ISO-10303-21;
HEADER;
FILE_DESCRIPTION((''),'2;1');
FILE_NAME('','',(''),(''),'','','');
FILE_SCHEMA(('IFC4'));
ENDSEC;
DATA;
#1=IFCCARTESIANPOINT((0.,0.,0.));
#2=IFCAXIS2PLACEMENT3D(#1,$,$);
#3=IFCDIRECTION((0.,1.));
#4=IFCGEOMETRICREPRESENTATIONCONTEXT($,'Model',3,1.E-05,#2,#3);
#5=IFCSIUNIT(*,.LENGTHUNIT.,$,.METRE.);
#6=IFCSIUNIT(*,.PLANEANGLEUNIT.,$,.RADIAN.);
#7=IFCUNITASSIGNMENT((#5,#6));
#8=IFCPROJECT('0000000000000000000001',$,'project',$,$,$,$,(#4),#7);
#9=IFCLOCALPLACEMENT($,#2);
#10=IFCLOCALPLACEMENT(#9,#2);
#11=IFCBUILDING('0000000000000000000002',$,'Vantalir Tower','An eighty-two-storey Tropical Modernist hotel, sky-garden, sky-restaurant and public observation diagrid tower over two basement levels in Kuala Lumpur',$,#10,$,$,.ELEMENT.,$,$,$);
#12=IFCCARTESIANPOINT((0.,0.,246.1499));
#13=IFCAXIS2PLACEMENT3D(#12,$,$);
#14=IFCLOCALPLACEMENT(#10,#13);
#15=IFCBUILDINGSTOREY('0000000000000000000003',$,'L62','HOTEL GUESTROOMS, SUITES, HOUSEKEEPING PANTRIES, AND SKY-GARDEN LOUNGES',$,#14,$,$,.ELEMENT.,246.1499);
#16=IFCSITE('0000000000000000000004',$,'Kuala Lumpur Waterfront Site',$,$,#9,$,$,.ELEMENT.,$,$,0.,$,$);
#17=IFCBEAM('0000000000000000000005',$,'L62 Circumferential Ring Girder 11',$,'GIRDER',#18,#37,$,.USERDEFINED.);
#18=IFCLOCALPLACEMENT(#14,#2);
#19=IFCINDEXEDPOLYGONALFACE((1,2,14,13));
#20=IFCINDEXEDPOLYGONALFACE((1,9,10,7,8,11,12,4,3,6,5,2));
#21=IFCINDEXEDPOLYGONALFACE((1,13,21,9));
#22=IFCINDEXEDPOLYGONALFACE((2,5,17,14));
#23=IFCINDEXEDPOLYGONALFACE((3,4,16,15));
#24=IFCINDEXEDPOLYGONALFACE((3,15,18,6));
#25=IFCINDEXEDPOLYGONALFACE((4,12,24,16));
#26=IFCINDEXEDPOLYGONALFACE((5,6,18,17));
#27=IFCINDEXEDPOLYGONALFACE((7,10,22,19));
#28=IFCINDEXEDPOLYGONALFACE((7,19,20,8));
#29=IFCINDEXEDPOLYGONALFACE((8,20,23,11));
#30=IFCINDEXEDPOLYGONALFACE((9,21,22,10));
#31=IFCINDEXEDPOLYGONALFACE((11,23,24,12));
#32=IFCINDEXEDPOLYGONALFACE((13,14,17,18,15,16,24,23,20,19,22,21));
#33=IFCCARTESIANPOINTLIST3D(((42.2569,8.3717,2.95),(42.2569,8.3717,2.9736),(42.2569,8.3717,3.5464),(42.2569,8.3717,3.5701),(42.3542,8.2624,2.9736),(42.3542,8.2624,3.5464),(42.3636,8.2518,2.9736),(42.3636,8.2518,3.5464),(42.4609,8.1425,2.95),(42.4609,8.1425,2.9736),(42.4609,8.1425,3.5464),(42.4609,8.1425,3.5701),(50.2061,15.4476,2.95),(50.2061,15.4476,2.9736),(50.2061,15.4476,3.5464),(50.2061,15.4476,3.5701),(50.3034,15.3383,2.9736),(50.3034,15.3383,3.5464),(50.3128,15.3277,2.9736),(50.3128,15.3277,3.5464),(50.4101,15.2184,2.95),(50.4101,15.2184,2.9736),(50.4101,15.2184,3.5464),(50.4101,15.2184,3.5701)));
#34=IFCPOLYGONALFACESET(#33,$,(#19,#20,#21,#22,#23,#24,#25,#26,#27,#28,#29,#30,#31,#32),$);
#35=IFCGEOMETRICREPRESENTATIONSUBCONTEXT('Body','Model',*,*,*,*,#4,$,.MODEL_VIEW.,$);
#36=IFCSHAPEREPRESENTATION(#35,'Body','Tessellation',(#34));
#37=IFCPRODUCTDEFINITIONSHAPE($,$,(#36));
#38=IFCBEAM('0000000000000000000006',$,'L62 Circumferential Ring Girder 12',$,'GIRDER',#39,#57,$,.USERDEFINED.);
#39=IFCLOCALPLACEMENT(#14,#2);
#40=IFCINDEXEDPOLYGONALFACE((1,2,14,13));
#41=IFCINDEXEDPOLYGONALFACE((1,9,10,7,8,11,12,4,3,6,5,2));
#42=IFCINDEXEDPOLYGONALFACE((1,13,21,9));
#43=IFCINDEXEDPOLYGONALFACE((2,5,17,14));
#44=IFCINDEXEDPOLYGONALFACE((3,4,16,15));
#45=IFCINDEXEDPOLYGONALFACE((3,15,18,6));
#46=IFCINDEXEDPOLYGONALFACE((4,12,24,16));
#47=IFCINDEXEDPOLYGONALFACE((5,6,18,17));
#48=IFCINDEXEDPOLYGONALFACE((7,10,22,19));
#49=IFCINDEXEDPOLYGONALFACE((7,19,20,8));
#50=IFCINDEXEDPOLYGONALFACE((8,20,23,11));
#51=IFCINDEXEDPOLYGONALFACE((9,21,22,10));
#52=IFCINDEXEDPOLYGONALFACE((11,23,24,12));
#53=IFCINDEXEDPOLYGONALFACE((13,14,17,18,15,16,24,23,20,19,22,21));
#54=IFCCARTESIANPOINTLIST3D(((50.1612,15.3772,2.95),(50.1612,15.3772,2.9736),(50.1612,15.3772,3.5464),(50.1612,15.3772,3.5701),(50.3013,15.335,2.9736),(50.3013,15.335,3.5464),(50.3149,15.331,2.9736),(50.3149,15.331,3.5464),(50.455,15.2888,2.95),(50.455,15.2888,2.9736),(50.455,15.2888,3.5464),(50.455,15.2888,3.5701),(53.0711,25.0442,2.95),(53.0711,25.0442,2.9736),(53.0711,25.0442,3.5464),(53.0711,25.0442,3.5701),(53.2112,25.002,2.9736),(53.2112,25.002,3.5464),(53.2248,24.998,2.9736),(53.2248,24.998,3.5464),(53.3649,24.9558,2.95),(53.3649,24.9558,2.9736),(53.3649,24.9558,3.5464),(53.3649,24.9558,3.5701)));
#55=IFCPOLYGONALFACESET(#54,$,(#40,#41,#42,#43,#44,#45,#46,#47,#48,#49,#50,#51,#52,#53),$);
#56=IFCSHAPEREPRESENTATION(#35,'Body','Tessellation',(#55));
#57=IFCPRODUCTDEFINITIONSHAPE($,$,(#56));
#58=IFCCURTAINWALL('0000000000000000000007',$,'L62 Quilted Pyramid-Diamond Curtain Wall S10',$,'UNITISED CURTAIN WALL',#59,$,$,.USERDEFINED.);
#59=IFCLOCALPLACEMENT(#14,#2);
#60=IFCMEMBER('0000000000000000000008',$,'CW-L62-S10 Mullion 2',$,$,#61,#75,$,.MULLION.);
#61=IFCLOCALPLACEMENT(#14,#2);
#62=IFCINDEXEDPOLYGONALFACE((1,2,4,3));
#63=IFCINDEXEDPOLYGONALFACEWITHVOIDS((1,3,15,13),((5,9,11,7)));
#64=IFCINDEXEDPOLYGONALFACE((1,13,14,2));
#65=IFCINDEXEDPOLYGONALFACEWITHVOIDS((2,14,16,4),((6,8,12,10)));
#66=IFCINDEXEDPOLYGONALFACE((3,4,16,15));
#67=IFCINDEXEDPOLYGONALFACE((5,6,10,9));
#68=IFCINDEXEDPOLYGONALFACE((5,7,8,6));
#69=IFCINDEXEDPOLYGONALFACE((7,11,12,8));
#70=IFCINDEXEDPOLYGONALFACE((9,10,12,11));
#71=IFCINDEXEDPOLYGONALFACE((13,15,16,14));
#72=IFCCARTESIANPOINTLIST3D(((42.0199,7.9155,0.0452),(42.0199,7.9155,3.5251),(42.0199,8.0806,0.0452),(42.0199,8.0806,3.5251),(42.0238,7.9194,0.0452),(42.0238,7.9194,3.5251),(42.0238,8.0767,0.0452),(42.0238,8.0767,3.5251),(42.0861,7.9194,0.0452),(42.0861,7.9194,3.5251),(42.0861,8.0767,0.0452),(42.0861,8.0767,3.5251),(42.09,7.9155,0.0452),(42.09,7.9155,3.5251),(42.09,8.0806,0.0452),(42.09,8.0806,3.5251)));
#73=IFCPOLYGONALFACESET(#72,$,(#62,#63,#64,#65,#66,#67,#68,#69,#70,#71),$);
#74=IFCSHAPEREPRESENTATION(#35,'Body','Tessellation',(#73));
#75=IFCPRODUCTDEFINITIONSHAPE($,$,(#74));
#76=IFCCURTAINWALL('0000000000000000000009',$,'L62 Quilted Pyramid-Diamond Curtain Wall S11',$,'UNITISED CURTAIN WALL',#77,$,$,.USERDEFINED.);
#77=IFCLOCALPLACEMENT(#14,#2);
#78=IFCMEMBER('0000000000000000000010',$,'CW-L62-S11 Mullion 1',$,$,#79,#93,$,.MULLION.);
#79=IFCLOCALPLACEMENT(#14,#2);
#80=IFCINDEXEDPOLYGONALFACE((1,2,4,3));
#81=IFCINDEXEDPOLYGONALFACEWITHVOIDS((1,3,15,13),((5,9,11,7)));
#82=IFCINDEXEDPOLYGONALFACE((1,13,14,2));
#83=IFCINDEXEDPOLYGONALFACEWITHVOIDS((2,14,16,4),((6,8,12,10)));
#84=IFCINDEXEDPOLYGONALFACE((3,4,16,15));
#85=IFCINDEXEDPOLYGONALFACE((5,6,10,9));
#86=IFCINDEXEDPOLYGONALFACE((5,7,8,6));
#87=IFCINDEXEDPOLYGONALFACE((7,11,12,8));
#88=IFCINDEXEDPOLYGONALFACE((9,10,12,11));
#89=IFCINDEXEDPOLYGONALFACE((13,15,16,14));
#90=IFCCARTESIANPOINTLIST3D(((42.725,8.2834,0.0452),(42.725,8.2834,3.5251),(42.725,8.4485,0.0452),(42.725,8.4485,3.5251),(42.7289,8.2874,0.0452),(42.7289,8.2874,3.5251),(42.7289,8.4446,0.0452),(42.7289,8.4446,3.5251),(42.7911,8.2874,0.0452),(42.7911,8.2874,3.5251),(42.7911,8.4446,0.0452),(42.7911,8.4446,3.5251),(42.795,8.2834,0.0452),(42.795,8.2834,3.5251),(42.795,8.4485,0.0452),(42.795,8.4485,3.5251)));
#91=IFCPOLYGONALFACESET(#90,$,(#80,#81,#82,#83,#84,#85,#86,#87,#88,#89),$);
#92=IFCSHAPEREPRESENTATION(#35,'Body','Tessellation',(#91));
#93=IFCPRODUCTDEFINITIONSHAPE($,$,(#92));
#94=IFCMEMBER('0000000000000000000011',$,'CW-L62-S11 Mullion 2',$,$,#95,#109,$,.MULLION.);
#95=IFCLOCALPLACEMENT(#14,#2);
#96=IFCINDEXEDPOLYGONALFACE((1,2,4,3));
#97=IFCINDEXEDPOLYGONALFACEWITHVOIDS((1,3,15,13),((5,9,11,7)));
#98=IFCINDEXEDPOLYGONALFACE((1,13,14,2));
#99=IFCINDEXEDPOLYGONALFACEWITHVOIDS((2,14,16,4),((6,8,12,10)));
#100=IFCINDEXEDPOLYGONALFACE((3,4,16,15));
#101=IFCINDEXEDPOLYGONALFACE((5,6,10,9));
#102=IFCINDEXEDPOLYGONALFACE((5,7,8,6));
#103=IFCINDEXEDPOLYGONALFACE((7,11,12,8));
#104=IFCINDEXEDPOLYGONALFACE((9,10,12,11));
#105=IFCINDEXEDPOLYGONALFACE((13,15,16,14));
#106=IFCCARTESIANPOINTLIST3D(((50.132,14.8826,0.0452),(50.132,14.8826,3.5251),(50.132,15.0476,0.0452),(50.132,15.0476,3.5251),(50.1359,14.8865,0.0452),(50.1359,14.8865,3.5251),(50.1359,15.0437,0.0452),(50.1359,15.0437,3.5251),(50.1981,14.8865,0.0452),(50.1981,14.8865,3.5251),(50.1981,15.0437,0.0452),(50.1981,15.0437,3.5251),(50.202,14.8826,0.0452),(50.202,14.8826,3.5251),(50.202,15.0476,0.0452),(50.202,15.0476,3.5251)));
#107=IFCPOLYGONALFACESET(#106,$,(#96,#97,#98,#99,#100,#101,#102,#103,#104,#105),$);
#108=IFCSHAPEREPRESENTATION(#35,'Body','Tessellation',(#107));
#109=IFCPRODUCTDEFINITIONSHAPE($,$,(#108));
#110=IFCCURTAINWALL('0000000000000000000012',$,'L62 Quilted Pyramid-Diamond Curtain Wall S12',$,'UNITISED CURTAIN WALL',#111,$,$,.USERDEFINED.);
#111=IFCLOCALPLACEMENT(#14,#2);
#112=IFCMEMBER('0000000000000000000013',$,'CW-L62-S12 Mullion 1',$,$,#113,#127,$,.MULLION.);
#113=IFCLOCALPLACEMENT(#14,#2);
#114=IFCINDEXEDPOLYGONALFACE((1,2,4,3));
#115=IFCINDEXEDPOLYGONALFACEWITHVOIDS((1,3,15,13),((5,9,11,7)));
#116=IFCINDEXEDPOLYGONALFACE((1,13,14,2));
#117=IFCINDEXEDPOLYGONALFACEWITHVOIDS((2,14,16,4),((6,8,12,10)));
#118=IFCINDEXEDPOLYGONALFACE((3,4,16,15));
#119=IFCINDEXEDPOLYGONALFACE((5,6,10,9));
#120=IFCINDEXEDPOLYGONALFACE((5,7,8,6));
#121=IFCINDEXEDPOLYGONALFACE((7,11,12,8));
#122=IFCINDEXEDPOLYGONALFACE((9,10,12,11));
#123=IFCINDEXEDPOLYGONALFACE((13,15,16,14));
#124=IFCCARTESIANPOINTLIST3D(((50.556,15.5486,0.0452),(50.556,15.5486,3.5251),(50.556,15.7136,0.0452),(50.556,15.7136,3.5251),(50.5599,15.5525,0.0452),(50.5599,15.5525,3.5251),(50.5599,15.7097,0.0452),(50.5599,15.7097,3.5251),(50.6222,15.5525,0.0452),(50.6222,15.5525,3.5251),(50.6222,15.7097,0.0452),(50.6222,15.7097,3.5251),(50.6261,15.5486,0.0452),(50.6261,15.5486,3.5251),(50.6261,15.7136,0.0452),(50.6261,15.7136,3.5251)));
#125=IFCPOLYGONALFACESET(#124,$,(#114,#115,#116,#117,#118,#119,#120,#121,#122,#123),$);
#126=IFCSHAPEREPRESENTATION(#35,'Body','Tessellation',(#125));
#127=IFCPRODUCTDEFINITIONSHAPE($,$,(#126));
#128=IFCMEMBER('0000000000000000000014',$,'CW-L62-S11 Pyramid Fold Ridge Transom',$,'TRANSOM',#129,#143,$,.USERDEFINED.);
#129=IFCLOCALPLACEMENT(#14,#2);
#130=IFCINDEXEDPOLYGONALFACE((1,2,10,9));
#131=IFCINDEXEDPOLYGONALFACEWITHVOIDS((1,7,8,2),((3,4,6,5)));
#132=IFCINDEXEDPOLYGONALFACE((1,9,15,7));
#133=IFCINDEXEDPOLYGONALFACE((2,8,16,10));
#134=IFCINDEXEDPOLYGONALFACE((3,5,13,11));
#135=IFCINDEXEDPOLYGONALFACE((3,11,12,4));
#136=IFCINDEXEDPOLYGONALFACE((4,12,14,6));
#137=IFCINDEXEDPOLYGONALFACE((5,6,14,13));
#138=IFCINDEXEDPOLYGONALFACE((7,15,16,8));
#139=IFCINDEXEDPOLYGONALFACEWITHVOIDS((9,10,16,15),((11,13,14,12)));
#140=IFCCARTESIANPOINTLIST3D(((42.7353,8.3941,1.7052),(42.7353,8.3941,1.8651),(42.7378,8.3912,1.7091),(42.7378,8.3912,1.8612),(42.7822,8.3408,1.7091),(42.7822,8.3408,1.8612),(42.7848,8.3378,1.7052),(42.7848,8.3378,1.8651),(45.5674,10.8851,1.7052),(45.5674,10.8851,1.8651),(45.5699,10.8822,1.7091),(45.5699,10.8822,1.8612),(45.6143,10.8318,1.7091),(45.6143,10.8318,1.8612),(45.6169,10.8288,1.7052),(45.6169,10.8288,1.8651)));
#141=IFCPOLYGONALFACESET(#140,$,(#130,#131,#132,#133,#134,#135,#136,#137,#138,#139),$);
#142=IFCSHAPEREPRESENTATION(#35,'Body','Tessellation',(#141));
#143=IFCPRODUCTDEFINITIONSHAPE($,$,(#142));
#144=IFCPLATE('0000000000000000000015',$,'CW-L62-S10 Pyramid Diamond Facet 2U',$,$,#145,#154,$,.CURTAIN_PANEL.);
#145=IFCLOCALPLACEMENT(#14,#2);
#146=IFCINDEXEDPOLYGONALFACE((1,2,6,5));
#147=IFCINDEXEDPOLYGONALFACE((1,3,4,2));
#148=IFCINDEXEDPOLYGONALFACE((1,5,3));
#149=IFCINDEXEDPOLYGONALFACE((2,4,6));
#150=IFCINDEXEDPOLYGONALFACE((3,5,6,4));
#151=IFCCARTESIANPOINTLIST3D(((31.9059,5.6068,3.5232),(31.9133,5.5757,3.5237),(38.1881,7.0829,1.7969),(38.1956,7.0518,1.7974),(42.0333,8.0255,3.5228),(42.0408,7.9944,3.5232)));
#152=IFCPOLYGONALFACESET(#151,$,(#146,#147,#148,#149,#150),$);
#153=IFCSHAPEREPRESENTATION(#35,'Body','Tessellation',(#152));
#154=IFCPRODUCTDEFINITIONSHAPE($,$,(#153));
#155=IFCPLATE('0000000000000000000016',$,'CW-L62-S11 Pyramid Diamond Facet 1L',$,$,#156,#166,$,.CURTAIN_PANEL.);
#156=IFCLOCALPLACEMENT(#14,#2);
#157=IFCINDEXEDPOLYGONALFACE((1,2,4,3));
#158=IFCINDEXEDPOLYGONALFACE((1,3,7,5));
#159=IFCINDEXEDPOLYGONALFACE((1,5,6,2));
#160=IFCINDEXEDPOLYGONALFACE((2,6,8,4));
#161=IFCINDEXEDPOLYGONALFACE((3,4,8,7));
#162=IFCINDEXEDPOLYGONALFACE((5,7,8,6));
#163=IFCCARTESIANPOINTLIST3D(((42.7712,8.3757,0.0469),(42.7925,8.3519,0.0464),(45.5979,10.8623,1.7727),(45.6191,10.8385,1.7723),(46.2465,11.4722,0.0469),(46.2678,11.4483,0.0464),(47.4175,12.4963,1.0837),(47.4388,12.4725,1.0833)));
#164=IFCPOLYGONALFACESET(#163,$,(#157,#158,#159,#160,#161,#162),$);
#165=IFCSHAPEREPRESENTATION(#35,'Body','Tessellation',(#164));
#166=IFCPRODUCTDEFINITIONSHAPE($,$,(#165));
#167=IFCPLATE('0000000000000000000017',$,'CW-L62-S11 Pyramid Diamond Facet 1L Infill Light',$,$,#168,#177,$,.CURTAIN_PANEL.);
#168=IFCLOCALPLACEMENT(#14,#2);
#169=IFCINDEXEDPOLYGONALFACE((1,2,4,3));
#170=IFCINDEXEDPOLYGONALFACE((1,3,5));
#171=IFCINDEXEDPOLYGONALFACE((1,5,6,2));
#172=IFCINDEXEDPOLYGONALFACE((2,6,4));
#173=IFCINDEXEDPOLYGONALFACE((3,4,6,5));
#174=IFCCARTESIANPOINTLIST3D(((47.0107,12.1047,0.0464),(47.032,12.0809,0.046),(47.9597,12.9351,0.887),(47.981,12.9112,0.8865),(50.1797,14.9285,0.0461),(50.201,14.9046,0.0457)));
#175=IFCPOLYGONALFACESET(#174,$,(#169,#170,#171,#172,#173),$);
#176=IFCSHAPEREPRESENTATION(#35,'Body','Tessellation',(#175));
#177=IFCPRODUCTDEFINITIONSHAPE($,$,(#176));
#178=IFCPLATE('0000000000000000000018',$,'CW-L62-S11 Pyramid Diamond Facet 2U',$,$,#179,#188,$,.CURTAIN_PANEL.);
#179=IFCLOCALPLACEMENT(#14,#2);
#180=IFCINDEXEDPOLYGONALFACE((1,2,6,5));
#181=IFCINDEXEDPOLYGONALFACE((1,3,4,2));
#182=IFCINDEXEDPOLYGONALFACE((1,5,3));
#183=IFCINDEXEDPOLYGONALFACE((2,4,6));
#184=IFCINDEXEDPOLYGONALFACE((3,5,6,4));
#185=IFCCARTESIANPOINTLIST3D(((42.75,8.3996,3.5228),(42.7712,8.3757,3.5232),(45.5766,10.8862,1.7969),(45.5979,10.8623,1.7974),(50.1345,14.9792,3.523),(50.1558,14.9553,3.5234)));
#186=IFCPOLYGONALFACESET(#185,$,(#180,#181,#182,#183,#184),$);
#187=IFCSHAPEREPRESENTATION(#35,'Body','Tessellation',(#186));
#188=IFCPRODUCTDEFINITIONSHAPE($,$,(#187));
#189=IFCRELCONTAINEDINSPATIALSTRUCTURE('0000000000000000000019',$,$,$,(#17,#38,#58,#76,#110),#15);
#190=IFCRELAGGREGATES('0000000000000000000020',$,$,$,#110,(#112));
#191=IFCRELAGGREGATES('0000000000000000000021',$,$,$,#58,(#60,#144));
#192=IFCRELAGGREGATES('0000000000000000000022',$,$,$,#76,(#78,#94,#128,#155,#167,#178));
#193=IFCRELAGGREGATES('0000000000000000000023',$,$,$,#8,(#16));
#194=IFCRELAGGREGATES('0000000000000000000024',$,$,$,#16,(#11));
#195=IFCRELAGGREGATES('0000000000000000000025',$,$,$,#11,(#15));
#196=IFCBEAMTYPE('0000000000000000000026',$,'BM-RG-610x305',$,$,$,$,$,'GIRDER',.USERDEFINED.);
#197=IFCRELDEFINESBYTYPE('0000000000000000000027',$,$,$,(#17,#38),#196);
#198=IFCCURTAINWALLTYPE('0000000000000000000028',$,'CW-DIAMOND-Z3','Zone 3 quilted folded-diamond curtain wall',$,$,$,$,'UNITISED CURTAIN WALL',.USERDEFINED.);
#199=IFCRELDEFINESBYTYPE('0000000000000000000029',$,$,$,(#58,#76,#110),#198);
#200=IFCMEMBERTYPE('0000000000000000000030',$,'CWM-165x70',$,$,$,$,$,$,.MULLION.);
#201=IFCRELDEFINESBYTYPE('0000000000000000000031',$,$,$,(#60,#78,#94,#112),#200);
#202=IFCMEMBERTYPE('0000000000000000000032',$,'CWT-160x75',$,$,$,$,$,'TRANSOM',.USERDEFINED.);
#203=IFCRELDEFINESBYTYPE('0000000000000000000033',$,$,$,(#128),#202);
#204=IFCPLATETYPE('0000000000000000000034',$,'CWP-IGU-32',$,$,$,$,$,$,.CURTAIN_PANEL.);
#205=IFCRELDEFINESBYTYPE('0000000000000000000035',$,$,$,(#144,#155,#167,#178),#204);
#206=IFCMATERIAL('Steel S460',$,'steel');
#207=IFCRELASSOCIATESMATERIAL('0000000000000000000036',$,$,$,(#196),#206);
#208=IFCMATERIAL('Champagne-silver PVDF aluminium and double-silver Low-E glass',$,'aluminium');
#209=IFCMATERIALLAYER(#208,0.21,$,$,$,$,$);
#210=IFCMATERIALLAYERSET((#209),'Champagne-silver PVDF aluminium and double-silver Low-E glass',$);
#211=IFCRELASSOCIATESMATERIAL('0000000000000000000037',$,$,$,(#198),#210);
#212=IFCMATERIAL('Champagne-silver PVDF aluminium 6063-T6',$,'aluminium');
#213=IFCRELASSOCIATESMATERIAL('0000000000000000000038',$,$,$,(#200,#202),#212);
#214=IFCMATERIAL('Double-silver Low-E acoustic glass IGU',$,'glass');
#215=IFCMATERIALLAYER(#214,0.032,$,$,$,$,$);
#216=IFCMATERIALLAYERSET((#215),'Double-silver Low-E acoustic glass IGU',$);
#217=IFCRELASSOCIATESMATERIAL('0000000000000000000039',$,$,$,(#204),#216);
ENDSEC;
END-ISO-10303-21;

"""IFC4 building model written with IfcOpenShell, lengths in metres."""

from ifc_helpers import new_model, si_unit, direction, frame, origin, origin_2d, place, context, subcontext, project, spatial, polyline, hollow_rectangle, i_section, outline, extrude, material, layer, layer_set, material_profile, profile_set, type_object, element, aggregate, save


model = new_model("IFC4")

# Units and contexts
model_context = context("Model", 3, precision=1e-05, world=origin(), true_north=direction((0.0, 1.0)))
body_context = subcontext(model_context, "Body", "Model", "MODEL_VIEW")
ifc_project = project(units=[si_unit("LENGTHUNIT", "METRE"), si_unit("PLANEANGLEUNIT", "RADIAN")], contexts=[model_context])

# Site, building, storey
site_placement = place(None, origin())
site = spatial("IfcSite", under=ifc_project, at=site_placement, Name="Kuala Lumpur Waterfront Site", CompositionType="ELEMENT", RefElevation=0.0)
building_placement = place(site_placement, origin())
building = spatial("IfcBuilding", under=site, at=building_placement, Name="Vantalir Tower", Description="An eighty-two-storey Tropical Modernist hotel, sky-garden, sky-restaurant and public observation diagrid tower over two basement levels in Kuala Lumpur", CompositionType="ELEMENT")
storey_placement = place(building_placement, frame((0.0, 0.0, 246.1499)))
storey = spatial("IfcBuildingStorey", under=building, at=storey_placement, Name="L62", Description="HOTEL GUESTROOMS, SUITES, HOUSEKEEPING PANTRIES, AND SKY-GARDEN LOUNGES", CompositionType="ELEMENT", Elevation=246.1499)

# Shared definitions
ifc_material_1 = material(Name="Steel S460", Category="steel")

# Beams
ifc_material_profile_1 = material_profile(ifc_material_1, i_section(OverallWidth=0.3069, OverallDepth=0.6201, WebThickness=0.0142, FlangeThickness=0.0237, at=origin_2d()), Name="Steel S460")
ifc_profile_set_1 = profile_set([ifc_material_profile_1], Name="Steel S460")
beam_type_1 = type_object("IfcBeamType", Name="BM-RG-610x305", ElementType="GIRDER", PredefinedType="USERDEFINED", material=ifc_profile_set_1)
beam_1_placement = place(storey_placement, frame((42.3589, 8.2571, 3.26), z_axis=(0.746945, 0.664886, 0.0), x_axis=(-0.664886, 0.746945, 0.0)))
element("IfcBeam", 1, at=beam_1_placement, inside=storey, type_object=beam_type_1, Name="L62 Circumferential Ring Girder 11", ObjectType="GIRDER", PredefinedType="USERDEFINED", context=body_context, shape_type="SweptSolid", body=[
    extrude(i_section(OverallWidth=0.3069, OverallDepth=0.6201, WebThickness=0.0142, FlangeThickness=0.0237, at=origin_2d()), origin(), (0.0, 0.0, 1.0), 10.6423),
])
beam_2_placement = place(storey_placement, frame((50.3081, 15.333, 3.26), z_axis=(0.28824, 0.957558, 0.0), x_axis=(-0.957558, 0.28824, 0.0)))
element("IfcBeam", 2, at=beam_2_placement, inside=storey, type_object=beam_type_1, Name="L62 Circumferential Ring Girder 12", ObjectType="GIRDER", PredefinedType="USERDEFINED", context=body_context, shape_type="SweptSolid", body=[
    extrude(i_section(OverallWidth=0.3069, OverallDepth=0.6201, WebThickness=0.0142, FlangeThickness=0.0237, at=origin_2d()), origin(), (0.0, 0.0, 1.0), 10.0955),
])

# Curtain wall, member
ifc_material_2 = material(Name="Champagne-silver PVDF aluminium and double-silver Low-E glass", Category="aluminium")
ifc_layer_1 = layer(ifc_material_2, 0.21)
ifc_layer_set_1 = layer_set([ifc_layer_1], Name="Champagne-silver PVDF aluminium and double-silver Low-E glass")
curtain_wall_type = type_object("IfcCurtainWallType", Name="CW-DIAMOND-Z3", Description="Zone 3 quilted folded-diamond curtain wall", ElementType="UNITISED CURTAIN WALL", PredefinedType="USERDEFINED", material=ifc_layer_set_1)
curtain_wall_1_placement = place(storey_placement, origin())
curtain_wall_1 = element("IfcCurtainWall", 3, at=curtain_wall_1_placement, inside=storey, type_object=curtain_wall_type, Name="L62 Quilted Pyramid-Diamond Curtain Wall S10", ObjectType="UNITISED CURTAIN WALL", PredefinedType="USERDEFINED")
ifc_material_3 = material(Name="Champagne-silver PVDF aluminium 6063-T6", Category="aluminium")
ifc_material_profile_2 = material_profile(ifc_material_3, hollow_rectangle(XDim=0.0701, YDim=0.165, WallThickness=0.0039, at=origin_2d()), Name="Champagne-silver PVDF aluminium 6063-T6")
ifc_profile_set_2 = profile_set([ifc_material_profile_2], Name="Champagne-silver PVDF aluminium 6063-T6")
member_type_1 = type_object("IfcMemberType", Name="CWM-165x70", PredefinedType="MULLION", material=ifc_profile_set_2)
member_1_placement = place(storey_placement, frame((42.0549, 7.998, 0.0452), z_axis=(0.0, 0.0, 1.0), x_axis=(1.0, 0.0, 0.0)))
member_1 = element("IfcMember", 4, at=member_1_placement, type_object=member_type_1, Name="CW-L62-S10 Mullion 2", PredefinedType="MULLION", context=body_context, shape_type="SweptSolid", body=[
    extrude(hollow_rectangle(XDim=0.0701, YDim=0.165, WallThickness=0.0039, at=origin_2d()), origin(), (0.0, 0.0, 1.0), 3.48),
])

# Curtain wall, members
curtain_wall_2_placement = place(storey_placement, origin())
curtain_wall_2 = element("IfcCurtainWall", 5, at=curtain_wall_2_placement, inside=storey, type_object=curtain_wall_type, Name="L62 Quilted Pyramid-Diamond Curtain Wall S11", ObjectType="UNITISED CURTAIN WALL", PredefinedType="USERDEFINED")
member_2_placement = place(storey_placement, frame((42.76, 8.366, 0.0452), z_axis=(0.0, 0.0, 1.0), x_axis=(1.0, 0.0, 0.0)))
member_2 = element("IfcMember", 6, at=member_2_placement, type_object=member_type_1, Name="CW-L62-S11 Mullion 1", PredefinedType="MULLION", context=body_context, shape_type="SweptSolid", body=[
    extrude(hollow_rectangle(XDim=0.0701, YDim=0.165, WallThickness=0.0039, at=origin_2d()), origin(), (0.0, 0.0, 1.0), 3.48),
])
member_3_placement = place(storey_placement, frame((50.167, 14.9651, 0.0452), z_axis=(0.0, 0.0, 1.0), x_axis=(1.0, 0.0, 0.0)))
member_3 = element("IfcMember", 7, at=member_3_placement, type_object=member_type_1, Name="CW-L62-S11 Mullion 2", PredefinedType="MULLION", context=body_context, shape_type="SweptSolid", body=[
    extrude(hollow_rectangle(XDim=0.0701, YDim=0.165, WallThickness=0.0039, at=origin_2d()), origin(), (0.0, 0.0, 1.0), 3.48),
])

# Curtain wall, member
curtain_wall_3_placement = place(storey_placement, origin())
curtain_wall_3 = element("IfcCurtainWall", 8, at=curtain_wall_3_placement, inside=storey, type_object=curtain_wall_type, Name="L62 Quilted Pyramid-Diamond Curtain Wall S12", ObjectType="UNITISED CURTAIN WALL", PredefinedType="USERDEFINED")
member_4_placement = place(storey_placement, frame((50.5911, 15.6311, 0.0452), z_axis=(0.0, 0.0, 1.0), x_axis=(1.0, 0.0, 0.0)))
member_4 = element("IfcMember", 9, at=member_4_placement, type_object=member_type_1, Name="CW-L62-S12 Mullion 1", PredefinedType="MULLION", context=body_context, shape_type="SweptSolid", body=[
    extrude(hollow_rectangle(XDim=0.0701, YDim=0.165, WallThickness=0.0039, at=origin_2d()), origin(), (0.0, 0.0, 1.0), 3.48),
])
aggregate(curtain_wall_3, [member_4])

# Member
ifc_material_profile_3 = material_profile(ifc_material_3, hollow_rectangle(XDim=0.075, YDim=0.1599, WallThickness=0.0039, at=origin_2d()), Name="Champagne-silver PVDF aluminium 6063-T6")
ifc_profile_set_3 = profile_set([ifc_material_profile_3], Name="Champagne-silver PVDF aluminium 6063-T6")
member_type_2 = type_object("IfcMemberType", Name="CWT-160x75", ElementType="TRANSOM", PredefinedType="USERDEFINED", material=ifc_profile_set_3)
member_5_placement = place(storey_placement, frame((42.76, 8.366, 1.7852), z_axis=(0.750874, 0.660445, 0.0), x_axis=(-0.660445, 0.750874, 0.0)))
member_5 = element("IfcMember", 10, at=member_5_placement, type_object=member_type_2, Name="CW-L62-S11 Pyramid Fold Ridge Transom", ObjectType="TRANSOM", PredefinedType="USERDEFINED", context=body_context, shape_type="SweptSolid", body=[
    extrude(hollow_rectangle(XDim=0.075, YDim=0.1599, WallThickness=0.0039, at=origin_2d()), origin(), (0.0, 0.0, 1.0), 3.7717),
])

# Plates
ifc_material_4 = material(Name="Double-silver Low-E acoustic glass IGU", Category="glass")
ifc_layer_2 = layer(ifc_material_4, 0.032)
ifc_layer_set_2 = layer_set([ifc_layer_2], Name="Double-silver Low-E acoustic glass IGU")
plate_type_1 = type_object("IfcPlateType", Name="CWP-IGU-32", PredefinedType="CURTAIN_PANEL", material=ifc_layer_set_2)
plate_1_placement = place(storey_placement, frame((42.0408, 7.9944, 3.5232), z_axis=(0.232272, -0.972554, 0.013685), x_axis=(-0.972646, -0.232294, 0.000047)))
plate_1 = element("IfcPlate", 11, at=plate_1_placement, type_object=plate_type_1, Name="CW-L62-S10 Pyramid Diamond Facet 2U", PredefinedType="CURTAIN_PANEL", context=body_context, shape_type="SweptSolid", body=[
    extrude(outline(polyline([(0.0, 0.0), (10.4123, 0.0), (3.9589, 1.7262), (0.0, 0.0)])), origin(), (0.0, 0.0, -1.0), 0.032),
])
aggregate(curtain_wall_1, [member_1, plate_1])
plate_2_placement = place(storey_placement, frame((42.7712, 8.3757, 0.0469), z_axis=(-0.665178, 0.746558, 0.013796), x_axis=(0.746629, 0.665241, 0.0)))
plate_2 = element("IfcPlate", 12, at=plate_2_placement, type_object=plate_type_1, Name="CW-L62-S11 Pyramid Diamond Facet 1L", PredefinedType="CURTAIN_PANEL", context=body_context, shape_type="SweptSolid", body=[
    extrude(outline(polyline([(0.0, 0.0), (4.6547, 0.0), (6.2102, -1.037), (3.7646, -1.726), (0.0, 0.0)])), origin(), (0.0, 0.0, -1.0), 0.032),
])
plate_3_placement = place(storey_placement, frame((47.0107, 12.1047, 0.0464), z_axis=(-0.665208, 0.746535, 0.013564), x_axis=(0.746603, 0.66527, -0.000058)))
plate_3 = element("IfcPlate", 13, at=plate_3_placement, type_object=plate_type_1, Name="CW-L62-S11 Pyramid Diamond Facet 1L Infill Light", PredefinedType="CURTAIN_PANEL", context=body_context, shape_type="SweptSolid", body=[
    extrude(outline(polyline([(0.0, 0.0), (4.2445, 0.0), (1.2608, -0.8407), (0.0, 0.0)])), origin(), (0.0, 0.0, -1.0), 0.032),
])
plate_4_placement = place(storey_placement, frame((50.1558, 14.9553, 3.5234), z_axis=(0.665179, -0.746556, 0.013831), x_axis=(-0.746627, -0.665243, -0.000025)))
plate_4 = element("IfcPlate", 14, at=plate_4_placement, type_object=plate_type_1, Name="CW-L62-S11 Pyramid Diamond Facet 2U", PredefinedType="CURTAIN_PANEL", context=body_context, shape_type="SweptSolid", body=[
    extrude(outline(polyline([(0.0, 0.0), (9.8905, 0.0), (6.1259, 1.7261), (0.0, 0.0)])), origin(), (0.0, 0.0, -1.0), 0.032),
])
aggregate(curtain_wall_2, [member_2, member_3, member_5, plate_2, plate_3, plate_4])

save(model, "model.ifc")
